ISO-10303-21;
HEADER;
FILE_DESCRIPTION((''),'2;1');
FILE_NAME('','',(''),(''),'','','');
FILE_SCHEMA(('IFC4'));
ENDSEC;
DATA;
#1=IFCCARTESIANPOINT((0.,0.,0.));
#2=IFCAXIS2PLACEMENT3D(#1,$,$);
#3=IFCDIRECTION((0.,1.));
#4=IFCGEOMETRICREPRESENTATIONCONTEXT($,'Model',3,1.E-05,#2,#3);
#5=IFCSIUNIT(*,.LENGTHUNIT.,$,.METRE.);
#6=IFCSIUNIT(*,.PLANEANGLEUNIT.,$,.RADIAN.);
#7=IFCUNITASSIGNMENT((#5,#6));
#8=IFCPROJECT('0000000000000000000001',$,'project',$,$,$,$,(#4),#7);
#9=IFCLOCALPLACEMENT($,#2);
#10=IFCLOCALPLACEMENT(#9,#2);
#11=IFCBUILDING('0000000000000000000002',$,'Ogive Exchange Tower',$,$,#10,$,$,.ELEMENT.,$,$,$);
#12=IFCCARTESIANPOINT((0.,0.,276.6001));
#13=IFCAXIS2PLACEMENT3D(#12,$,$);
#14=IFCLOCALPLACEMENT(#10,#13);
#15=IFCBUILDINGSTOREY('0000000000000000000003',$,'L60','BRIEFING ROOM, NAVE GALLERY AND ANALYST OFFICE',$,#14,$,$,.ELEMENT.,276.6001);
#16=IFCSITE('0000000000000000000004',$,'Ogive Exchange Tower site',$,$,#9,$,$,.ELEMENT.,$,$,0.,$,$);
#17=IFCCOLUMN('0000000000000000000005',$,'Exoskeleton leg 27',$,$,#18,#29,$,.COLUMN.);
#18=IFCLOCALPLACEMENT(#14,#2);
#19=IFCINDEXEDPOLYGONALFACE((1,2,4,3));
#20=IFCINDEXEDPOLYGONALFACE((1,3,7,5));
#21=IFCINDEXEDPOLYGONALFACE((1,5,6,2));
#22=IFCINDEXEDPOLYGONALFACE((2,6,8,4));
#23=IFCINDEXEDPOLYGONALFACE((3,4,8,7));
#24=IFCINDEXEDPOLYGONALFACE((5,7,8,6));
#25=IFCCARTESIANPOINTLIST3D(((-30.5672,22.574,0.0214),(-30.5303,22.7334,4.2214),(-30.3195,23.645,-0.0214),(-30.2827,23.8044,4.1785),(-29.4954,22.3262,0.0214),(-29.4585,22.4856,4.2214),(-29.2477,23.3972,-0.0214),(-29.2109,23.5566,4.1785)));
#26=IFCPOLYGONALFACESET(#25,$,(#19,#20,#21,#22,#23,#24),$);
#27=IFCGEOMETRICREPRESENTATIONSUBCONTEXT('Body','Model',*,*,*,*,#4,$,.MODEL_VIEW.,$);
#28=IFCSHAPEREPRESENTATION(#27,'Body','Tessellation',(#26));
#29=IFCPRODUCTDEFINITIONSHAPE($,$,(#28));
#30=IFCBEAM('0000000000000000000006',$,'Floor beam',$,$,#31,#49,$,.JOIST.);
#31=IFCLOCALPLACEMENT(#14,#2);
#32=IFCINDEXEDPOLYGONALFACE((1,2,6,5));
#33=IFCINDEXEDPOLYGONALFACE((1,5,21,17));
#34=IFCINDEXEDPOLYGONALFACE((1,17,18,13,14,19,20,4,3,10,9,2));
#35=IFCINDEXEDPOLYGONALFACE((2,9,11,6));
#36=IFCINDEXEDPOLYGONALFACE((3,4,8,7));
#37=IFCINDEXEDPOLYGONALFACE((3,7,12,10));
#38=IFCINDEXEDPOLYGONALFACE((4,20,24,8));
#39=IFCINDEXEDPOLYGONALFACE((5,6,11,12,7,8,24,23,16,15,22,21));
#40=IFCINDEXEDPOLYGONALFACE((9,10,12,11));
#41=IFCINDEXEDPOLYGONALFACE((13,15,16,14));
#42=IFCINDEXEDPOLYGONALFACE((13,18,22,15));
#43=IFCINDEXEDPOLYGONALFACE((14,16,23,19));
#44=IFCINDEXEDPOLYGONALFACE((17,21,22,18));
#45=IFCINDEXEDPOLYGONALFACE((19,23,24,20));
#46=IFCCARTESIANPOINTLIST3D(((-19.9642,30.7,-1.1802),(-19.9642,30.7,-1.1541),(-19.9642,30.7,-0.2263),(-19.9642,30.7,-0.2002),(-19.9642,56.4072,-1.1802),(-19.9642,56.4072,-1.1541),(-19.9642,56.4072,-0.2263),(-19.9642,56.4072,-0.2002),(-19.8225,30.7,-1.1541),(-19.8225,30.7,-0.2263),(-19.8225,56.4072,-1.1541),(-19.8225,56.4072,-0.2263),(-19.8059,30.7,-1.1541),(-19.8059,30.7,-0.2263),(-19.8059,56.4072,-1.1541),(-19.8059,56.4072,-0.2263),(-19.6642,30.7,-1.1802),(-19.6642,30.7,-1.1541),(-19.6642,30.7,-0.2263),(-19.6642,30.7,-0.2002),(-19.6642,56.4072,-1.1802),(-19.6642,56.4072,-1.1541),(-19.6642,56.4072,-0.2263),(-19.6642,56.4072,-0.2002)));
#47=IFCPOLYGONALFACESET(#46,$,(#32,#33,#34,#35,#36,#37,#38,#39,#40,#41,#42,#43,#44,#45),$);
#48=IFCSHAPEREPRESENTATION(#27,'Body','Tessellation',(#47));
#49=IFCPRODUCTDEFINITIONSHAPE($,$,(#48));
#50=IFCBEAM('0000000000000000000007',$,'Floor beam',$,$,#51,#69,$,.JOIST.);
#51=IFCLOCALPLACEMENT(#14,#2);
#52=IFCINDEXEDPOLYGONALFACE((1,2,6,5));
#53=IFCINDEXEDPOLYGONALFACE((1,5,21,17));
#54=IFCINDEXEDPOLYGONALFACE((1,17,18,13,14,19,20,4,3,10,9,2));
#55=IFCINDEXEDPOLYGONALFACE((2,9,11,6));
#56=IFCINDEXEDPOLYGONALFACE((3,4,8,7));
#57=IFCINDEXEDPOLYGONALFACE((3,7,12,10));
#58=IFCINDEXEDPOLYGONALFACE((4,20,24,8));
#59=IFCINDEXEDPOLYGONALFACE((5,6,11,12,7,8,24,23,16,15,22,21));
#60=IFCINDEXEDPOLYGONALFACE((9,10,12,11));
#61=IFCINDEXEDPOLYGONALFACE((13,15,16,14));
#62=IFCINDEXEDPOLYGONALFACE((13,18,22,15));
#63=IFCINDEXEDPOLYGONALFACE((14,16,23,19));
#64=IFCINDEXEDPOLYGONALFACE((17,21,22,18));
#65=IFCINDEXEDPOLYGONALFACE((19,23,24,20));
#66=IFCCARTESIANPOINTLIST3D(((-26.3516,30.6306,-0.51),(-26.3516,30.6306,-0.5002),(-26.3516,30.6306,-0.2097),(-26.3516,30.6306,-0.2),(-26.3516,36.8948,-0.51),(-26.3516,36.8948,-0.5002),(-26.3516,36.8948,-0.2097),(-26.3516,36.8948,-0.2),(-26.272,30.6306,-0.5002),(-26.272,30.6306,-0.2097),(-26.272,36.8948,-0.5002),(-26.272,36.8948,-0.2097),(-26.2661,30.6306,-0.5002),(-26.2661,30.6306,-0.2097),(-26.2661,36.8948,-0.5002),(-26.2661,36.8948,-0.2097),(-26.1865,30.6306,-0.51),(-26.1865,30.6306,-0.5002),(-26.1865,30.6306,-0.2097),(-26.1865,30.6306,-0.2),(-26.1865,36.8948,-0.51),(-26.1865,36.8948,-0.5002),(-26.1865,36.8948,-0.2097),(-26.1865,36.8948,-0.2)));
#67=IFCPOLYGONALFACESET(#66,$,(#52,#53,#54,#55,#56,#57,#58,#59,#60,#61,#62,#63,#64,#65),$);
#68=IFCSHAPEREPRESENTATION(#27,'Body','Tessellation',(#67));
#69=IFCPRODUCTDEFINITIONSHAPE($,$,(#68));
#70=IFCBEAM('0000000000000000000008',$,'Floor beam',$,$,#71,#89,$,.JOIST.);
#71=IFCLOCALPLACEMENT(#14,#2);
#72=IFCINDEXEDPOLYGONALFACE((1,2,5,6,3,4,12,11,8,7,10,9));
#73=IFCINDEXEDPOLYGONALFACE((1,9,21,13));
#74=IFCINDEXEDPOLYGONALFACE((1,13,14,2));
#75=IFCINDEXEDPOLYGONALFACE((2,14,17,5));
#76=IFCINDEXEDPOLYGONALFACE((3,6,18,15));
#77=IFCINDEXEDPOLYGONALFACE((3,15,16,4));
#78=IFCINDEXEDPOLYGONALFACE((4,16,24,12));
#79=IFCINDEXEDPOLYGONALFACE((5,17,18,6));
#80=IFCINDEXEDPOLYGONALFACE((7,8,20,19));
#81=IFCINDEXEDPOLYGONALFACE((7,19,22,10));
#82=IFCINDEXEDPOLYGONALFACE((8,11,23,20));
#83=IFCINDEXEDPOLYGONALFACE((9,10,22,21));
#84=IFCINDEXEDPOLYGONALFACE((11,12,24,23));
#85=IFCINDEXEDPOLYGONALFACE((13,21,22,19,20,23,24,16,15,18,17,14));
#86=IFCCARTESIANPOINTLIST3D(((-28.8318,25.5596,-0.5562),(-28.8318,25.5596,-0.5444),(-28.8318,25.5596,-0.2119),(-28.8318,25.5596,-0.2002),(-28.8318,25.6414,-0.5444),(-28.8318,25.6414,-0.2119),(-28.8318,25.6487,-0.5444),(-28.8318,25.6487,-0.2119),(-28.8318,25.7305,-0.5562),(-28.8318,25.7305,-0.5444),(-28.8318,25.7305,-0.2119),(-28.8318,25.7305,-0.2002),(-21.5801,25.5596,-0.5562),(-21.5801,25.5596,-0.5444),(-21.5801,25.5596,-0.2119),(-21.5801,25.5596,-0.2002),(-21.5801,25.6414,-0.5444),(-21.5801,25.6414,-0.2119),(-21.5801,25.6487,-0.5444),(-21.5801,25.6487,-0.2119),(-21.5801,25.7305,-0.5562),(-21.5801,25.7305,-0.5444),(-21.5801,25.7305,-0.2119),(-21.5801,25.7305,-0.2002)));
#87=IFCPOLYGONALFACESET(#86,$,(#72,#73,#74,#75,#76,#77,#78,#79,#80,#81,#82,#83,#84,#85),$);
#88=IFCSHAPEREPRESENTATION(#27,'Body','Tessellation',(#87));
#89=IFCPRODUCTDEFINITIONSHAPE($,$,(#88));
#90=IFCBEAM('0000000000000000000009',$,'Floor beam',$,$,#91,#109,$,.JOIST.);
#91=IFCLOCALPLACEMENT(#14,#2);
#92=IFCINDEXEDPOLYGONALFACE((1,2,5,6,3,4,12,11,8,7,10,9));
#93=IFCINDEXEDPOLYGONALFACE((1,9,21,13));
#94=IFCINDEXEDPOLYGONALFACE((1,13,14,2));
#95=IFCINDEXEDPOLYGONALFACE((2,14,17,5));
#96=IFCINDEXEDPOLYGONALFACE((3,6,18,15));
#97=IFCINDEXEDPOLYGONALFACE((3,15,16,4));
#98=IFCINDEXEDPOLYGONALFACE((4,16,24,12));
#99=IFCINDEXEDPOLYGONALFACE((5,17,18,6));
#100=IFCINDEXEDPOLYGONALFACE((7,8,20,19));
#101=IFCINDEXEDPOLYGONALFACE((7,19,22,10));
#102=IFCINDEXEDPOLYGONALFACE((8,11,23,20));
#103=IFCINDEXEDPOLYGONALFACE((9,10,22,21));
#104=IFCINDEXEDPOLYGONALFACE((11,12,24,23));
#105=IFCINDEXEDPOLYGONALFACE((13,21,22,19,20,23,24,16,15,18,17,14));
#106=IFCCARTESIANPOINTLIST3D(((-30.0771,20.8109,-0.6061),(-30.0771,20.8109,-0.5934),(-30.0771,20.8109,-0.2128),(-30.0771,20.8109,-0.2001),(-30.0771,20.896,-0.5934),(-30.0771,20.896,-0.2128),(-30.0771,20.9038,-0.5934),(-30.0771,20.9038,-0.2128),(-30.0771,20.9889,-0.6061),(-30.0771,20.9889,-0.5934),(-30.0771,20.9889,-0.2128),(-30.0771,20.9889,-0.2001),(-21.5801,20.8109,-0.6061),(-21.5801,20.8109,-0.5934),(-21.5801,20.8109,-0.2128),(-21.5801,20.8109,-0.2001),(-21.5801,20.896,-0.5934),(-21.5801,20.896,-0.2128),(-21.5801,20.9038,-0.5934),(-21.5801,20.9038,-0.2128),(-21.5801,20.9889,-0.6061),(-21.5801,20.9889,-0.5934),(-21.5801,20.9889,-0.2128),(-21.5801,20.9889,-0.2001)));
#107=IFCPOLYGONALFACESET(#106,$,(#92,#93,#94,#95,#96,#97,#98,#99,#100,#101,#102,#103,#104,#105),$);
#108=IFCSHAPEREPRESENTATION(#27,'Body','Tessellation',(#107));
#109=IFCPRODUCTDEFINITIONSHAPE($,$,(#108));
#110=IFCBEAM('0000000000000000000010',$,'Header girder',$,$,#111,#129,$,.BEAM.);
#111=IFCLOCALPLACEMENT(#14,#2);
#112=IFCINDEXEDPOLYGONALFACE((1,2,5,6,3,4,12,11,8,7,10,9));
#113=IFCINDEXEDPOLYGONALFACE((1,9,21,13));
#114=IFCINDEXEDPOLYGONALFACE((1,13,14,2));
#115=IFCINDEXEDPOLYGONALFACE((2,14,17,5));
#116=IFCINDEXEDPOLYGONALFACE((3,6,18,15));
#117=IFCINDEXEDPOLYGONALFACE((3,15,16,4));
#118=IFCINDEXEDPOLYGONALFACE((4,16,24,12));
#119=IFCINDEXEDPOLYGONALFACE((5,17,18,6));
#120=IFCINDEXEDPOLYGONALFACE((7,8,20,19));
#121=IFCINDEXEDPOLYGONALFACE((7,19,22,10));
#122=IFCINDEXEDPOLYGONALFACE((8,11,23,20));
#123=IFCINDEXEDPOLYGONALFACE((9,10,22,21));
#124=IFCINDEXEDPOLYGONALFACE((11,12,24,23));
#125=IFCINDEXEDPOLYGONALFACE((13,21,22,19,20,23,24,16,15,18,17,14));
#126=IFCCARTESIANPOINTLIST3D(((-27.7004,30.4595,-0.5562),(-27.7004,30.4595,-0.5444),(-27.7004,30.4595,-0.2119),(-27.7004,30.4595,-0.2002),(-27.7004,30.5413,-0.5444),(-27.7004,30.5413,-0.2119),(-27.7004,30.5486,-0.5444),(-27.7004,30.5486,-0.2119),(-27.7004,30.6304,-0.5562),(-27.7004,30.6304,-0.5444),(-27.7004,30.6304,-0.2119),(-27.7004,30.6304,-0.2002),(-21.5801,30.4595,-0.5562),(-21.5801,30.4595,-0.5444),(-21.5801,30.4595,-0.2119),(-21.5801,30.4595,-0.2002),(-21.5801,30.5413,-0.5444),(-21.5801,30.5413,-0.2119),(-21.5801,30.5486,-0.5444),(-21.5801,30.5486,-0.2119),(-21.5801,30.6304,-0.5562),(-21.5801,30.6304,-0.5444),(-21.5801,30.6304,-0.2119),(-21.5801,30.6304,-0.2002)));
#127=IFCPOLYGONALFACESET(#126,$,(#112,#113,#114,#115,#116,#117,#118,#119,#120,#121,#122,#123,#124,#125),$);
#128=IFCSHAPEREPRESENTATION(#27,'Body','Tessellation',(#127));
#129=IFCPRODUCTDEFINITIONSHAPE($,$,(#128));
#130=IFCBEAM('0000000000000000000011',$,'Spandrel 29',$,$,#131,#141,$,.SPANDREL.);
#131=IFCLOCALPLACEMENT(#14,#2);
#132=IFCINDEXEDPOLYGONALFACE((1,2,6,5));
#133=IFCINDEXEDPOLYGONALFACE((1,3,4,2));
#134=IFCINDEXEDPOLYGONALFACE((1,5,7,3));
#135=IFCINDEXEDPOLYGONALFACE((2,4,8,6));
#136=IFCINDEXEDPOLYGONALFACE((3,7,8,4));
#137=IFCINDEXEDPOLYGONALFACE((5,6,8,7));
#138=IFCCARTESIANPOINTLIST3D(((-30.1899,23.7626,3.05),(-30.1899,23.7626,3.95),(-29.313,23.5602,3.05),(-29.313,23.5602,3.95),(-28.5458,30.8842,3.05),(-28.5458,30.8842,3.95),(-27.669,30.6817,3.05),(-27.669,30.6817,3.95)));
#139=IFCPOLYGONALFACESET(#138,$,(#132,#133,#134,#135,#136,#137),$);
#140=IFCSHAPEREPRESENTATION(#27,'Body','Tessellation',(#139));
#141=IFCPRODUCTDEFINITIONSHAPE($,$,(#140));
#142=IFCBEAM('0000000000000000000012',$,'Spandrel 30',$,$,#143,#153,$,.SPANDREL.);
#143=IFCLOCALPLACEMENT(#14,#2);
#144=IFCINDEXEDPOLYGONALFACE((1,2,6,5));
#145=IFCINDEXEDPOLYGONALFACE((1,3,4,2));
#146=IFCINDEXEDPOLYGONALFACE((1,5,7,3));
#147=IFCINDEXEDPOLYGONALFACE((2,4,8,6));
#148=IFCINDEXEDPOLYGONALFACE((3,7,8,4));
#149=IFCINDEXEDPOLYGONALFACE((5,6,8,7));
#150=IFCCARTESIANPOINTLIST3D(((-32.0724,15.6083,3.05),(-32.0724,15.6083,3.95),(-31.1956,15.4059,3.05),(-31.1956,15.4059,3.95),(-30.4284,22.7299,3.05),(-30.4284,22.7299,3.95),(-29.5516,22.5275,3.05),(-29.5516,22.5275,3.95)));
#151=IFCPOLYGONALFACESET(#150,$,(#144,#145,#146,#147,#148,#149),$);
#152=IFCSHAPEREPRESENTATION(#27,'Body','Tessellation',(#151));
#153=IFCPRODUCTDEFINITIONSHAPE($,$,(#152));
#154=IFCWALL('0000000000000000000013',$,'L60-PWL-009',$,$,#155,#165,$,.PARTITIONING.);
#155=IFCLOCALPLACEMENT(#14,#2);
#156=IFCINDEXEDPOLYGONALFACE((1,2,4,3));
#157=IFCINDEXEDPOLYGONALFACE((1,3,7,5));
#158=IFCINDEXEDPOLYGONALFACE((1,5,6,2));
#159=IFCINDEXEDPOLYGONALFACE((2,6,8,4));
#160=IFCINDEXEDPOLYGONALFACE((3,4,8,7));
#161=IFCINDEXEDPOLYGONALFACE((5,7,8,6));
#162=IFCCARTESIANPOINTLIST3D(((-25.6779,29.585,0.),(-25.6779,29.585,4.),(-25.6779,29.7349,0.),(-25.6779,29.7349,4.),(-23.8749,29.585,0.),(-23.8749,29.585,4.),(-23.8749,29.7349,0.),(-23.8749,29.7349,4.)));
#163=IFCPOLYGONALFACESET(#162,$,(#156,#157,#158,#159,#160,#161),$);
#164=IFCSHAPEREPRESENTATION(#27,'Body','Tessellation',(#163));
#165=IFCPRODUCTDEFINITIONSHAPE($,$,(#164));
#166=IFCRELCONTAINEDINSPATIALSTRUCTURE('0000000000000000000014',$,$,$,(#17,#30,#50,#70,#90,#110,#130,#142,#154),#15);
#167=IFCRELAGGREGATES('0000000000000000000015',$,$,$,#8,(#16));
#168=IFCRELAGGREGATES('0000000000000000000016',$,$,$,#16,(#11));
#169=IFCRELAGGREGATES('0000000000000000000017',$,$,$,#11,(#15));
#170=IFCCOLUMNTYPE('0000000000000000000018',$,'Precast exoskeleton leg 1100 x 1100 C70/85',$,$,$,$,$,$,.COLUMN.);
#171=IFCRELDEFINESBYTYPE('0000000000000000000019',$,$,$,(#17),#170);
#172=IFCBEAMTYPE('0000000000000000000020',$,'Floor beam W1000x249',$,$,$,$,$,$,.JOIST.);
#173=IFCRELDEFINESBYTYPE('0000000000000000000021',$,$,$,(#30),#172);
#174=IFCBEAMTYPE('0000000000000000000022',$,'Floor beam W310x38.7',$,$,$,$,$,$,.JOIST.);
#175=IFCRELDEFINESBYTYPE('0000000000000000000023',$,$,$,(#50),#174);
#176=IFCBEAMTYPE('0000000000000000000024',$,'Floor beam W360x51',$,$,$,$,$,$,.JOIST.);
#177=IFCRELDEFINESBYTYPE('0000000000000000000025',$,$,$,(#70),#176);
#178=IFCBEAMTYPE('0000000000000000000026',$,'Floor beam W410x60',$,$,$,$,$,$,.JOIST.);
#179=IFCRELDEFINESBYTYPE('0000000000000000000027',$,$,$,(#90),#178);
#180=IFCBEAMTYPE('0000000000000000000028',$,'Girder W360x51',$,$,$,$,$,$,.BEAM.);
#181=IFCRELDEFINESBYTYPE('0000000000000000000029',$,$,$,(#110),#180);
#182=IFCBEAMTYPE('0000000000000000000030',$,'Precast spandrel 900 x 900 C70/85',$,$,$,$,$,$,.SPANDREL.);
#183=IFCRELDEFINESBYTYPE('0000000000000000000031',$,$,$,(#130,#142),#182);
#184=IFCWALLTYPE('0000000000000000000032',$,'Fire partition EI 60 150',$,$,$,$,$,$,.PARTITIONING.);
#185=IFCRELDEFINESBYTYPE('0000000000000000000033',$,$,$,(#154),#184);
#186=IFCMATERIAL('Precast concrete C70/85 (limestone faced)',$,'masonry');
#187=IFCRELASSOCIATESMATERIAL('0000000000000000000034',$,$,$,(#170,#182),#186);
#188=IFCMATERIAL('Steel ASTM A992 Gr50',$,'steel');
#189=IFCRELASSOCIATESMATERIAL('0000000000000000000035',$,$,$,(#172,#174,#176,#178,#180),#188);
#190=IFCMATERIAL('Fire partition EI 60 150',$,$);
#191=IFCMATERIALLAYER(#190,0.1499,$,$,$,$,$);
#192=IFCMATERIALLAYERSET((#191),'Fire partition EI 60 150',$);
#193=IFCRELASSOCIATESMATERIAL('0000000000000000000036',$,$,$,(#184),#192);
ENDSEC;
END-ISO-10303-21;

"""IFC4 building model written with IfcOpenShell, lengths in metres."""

from ifc_helpers import new_model, si_unit, direction, frame, frame_2d, origin, origin_2d, place, context, subcontext, project, spatial, rectangle, i_section, extrude, material, layer, layer_set, material_profile, profile_set, type_object, element, save


model = new_model("IFC4")

# Units and contexts
model_context = context("Model", 3, precision=1e-05, world=origin(), true_north=direction((0.0, 1.0)))
body_context = subcontext(model_context, "Body", "Model", "MODEL_VIEW")
ifc_project = project(units=[si_unit("LENGTHUNIT", "METRE"), si_unit("PLANEANGLEUNIT", "RADIAN")], contexts=[model_context])

# Site, building, storey
site_placement = place(None, origin())
site = spatial("IfcSite", under=ifc_project, at=site_placement, Name="Ogive Exchange Tower site", CompositionType="ELEMENT", RefElevation=0.0)
building_placement = place(site_placement, origin())
building = spatial("IfcBuilding", under=site, at=building_placement, Name="Ogive Exchange Tower", CompositionType="ELEMENT")
storey_placement = place(building_placement, frame((0.0, 0.0, 276.6001)))
storey = spatial("IfcBuildingStorey", under=building, at=storey_placement, Name="L60", Description="BRIEFING ROOM, NAVE GALLERY AND ANALYST OFFICE", CompositionType="ELEMENT", Elevation=276.6001)

# Column
ifc_material_1 = material(Name="Precast concrete C70/85 (limestone faced)", Category="masonry")
ifc_material_profile_1 = material_profile(ifc_material_1, rectangle(XDim=1.1001, YDim=1.1001, at=origin_2d()), Name="1100 x 1100")
ifc_profile_set_1 = profile_set([ifc_material_profile_1], Name="Precast concrete C70/85 (limestone faced)")
column_type = type_object("IfcColumnType", Name="Precast exoskeleton leg 1100 x 1100 C70/85", PredefinedType="COLUMN", material=ifc_profile_set_1)
column_placement = place(storey_placement, frame((-29.9075, 22.9856, 0.0), z_axis=(0.008771, 0.03793, 0.999242), x_axis=(-0.974291, 0.225295, 0.0)))
element("IfcColumn", 1, at=column_placement, inside=storey, type_object=column_type, Name="Exoskeleton leg 27", PredefinedType="COLUMN", context=body_context, shape_type="SweptSolid", body=[
    extrude(rectangle(XDim=1.1001, YDim=1.1001, at=origin_2d()), origin(), (0.0, 0.0, 1.0), 4.2031),
])

# Beams
ifc_material_2 = material(Name="Steel ASTM A992 Gr50", Category="steel")
ifc_material_profile_2 = material_profile(ifc_material_2, i_section(OverallWidth=0.3, OverallDepth=0.98, WebThickness=0.0166, FlangeThickness=0.0261, at=origin_2d()), Name="W1000x249")
ifc_profile_set_2 = profile_set([ifc_material_profile_2], Name="Steel ASTM A992 Gr50")
beam_type_1 = type_object("IfcBeamType", Name="Floor beam W1000x249", PredefinedType="JOIST", material=ifc_profile_set_2)
beam_1_placement = place(storey_placement, frame((-19.8142, 30.7, -0.6902), z_axis=(0.0, 1.0, 0.0), x_axis=(-1.0, 0.0, 0.0)))
element("IfcBeam", 2, at=beam_1_placement, inside=storey, type_object=beam_type_1, Name="Floor beam", PredefinedType="JOIST", context=body_context, shape_type="SweptSolid", body=[
    extrude(i_section(OverallWidth=0.3, OverallDepth=0.98, WebThickness=0.0166, FlangeThickness=0.0261, at=origin_2d()), origin(), (0.0, 0.0, 1.0), 25.7073),
])
ifc_material_profile_3 = material_profile(ifc_material_2, i_section(OverallWidth=0.165, OverallDepth=0.3101, WebThickness=0.0059, FlangeThickness=0.0098, at=origin_2d()), Name="W310x38.7")
ifc_profile_set_3 = profile_set([ifc_material_profile_3], Name="Steel ASTM A992 Gr50")
beam_type_2 = type_object("IfcBeamType", Name="Floor beam W310x38.7", PredefinedType="JOIST", material=ifc_profile_set_3)
beam_2_placement = place(storey_placement, frame((-26.269, 30.6306, -0.355), z_axis=(0.0, 1.0, 0.0), x_axis=(-1.0, 0.0, 0.0)))
element("IfcBeam", 3, at=beam_2_placement, inside=storey, type_object=beam_type_2, Name="Floor beam", PredefinedType="JOIST", context=body_context, shape_type="SweptSolid", body=[
    extrude(i_section(OverallWidth=0.165, OverallDepth=0.3101, WebThickness=0.0059, FlangeThickness=0.0098, at=origin_2d()), origin(), (0.0, 0.0, 1.0), 6.2642),
])
ifc_material_profile_4 = material_profile(ifc_material_2, i_section(OverallWidth=0.1709, OverallDepth=0.356, WebThickness=0.0073, FlangeThickness=0.0117, at=origin_2d()), Name="W360x51")
ifc_profile_set_4 = profile_set([ifc_material_profile_4], Name="Steel ASTM A992 Gr50")
beam_type_3 = type_object("IfcBeamType", Name="Floor beam W360x51", PredefinedType="JOIST", material=ifc_profile_set_4)
beam_3_placement = place(storey_placement, frame((-28.8318, 25.645, -0.3782), z_axis=(1.0, 0.0, 0.0), x_axis=(0.0, 1.0, 0.0)))
element("IfcBeam", 4, at=beam_3_placement, inside=storey, type_object=beam_type_3, Name="Floor beam", PredefinedType="JOIST", context=body_context, shape_type="SweptSolid", body=[
    extrude(i_section(OverallWidth=0.1709, OverallDepth=0.356, WebThickness=0.0073, FlangeThickness=0.0117, at=origin_2d()), origin(), (0.0, 0.0, 1.0), 7.2517),
])
ifc_material_profile_5 = material_profile(ifc_material_2, i_section(OverallWidth=0.178, OverallDepth=0.406, WebThickness=0.0078, FlangeThickness=0.0127, at=origin_2d()), Name="W410x60")
ifc_profile_set_5 = profile_set([ifc_material_profile_5], Name="Steel ASTM A992 Gr50")
beam_type_4 = type_object("IfcBeamType", Name="Floor beam W410x60", PredefinedType="JOIST", material=ifc_profile_set_5)
beam_4_placement = place(storey_placement, frame((-30.0771, 20.8999, -0.4031), z_axis=(1.0, 0.0, 0.0), x_axis=(0.0, 1.0, 0.0)))
element("IfcBeam", 5, at=beam_4_placement, inside=storey, type_object=beam_type_4, Name="Floor beam", PredefinedType="JOIST", context=body_context, shape_type="SweptSolid", body=[
    extrude(i_section(OverallWidth=0.178, OverallDepth=0.406, WebThickness=0.0078, FlangeThickness=0.0127, at=origin_2d()), origin(), (0.0, 0.0, 1.0), 8.4971),
])
ifc_material_profile_6 = material_profile(ifc_material_2, i_section(OverallWidth=0.1709, OverallDepth=0.356, WebThickness=0.0073, FlangeThickness=0.0117, at=origin_2d()), Name="W360x51")
ifc_profile_set_6 = profile_set([ifc_material_profile_6], Name="Steel ASTM A992 Gr50")
beam_type_5 = type_object("IfcBeamType", Name="Girder W360x51", PredefinedType="BEAM", material=ifc_profile_set_6)
beam_5_placement = place(storey_placement, frame((-27.7004, 30.5449, -0.3782), z_axis=(1.0, 0.0, 0.0), x_axis=(0.0, 1.0, 0.0)))
element("IfcBeam", 6, at=beam_5_placement, inside=storey, type_object=beam_type_5, Name="Header girder", PredefinedType="BEAM", context=body_context, shape_type="SweptSolid", body=[
    extrude(i_section(OverallWidth=0.1709, OverallDepth=0.356, WebThickness=0.0073, FlangeThickness=0.0117, at=origin_2d()), origin(), (0.0, 0.0, 1.0), 6.1204),
])
ifc_material_profile_7 = material_profile(ifc_material_1, rectangle(XDim=0.8999, YDim=0.8999, at=origin_2d()), Name="900 x 900")
ifc_profile_set_7 = profile_set([ifc_material_profile_7], Name="Precast concrete C70/85 (limestone faced)")
beam_type_6 = type_object("IfcBeamType", Name="Precast spandrel 900 x 900 C70/85", PredefinedType="SPANDREL", material=ifc_profile_set_7)
for number, where, z_axis, x_axis, name in (
    (7, (-28.1074, 30.783, 3.5), (-0.224938, -0.974373, 0.0), (0.974373, -0.224938, 0.0), "Spandrel 29"),
    (8, (-29.99, 22.6287, 3.5), (-0.224938, -0.974373, 0.0), (0.974373, -0.224938, 0.0), "Spandrel 30"),
):
    element("IfcBeam", number, at=place(storey_placement, frame(where, z_axis=z_axis, x_axis=x_axis)), inside=storey, type_object=beam_type_6, Name=name, PredefinedType="SPANDREL", context=body_context, shape_type="SweptSolid", body=[
        extrude(rectangle(XDim=0.8999, YDim=0.8999, at=origin_2d()), origin(), (0.0, 0.0, 1.0), 7.3088),
    ])

# Wall
ifc_material_3 = material(Name="Fire partition EI 60 150")
ifc_layer_1 = layer(ifc_material_3, 0.1499)
ifc_layer_set_1 = layer_set([ifc_layer_1], Name="Fire partition EI 60 150")
wall_type_1 = type_object("IfcWallType", Name="Fire partition EI 60 150", PredefinedType="PARTITIONING", material=ifc_layer_set_1)
wall_1_placement = place(storey_placement, frame((-23.875, 29.6599, 0.0), z_axis=(0.0, 0.0, 1.0), x_axis=(-1.0, 0.0, 0.0)))
element("IfcWall", 9, at=wall_1_placement, inside=storey, type_object=wall_type_1, Name="L60-PWL-009", PredefinedType="PARTITIONING", context=body_context, shape_type="SweptSolid", body=[
    extrude(rectangle(XDim=1.803, YDim=0.1499, at=frame_2d((0.9014, 0.0))), origin(), (0.0, 0.0, 1.0), 4.0),
])

save(model, "model.ifc")
